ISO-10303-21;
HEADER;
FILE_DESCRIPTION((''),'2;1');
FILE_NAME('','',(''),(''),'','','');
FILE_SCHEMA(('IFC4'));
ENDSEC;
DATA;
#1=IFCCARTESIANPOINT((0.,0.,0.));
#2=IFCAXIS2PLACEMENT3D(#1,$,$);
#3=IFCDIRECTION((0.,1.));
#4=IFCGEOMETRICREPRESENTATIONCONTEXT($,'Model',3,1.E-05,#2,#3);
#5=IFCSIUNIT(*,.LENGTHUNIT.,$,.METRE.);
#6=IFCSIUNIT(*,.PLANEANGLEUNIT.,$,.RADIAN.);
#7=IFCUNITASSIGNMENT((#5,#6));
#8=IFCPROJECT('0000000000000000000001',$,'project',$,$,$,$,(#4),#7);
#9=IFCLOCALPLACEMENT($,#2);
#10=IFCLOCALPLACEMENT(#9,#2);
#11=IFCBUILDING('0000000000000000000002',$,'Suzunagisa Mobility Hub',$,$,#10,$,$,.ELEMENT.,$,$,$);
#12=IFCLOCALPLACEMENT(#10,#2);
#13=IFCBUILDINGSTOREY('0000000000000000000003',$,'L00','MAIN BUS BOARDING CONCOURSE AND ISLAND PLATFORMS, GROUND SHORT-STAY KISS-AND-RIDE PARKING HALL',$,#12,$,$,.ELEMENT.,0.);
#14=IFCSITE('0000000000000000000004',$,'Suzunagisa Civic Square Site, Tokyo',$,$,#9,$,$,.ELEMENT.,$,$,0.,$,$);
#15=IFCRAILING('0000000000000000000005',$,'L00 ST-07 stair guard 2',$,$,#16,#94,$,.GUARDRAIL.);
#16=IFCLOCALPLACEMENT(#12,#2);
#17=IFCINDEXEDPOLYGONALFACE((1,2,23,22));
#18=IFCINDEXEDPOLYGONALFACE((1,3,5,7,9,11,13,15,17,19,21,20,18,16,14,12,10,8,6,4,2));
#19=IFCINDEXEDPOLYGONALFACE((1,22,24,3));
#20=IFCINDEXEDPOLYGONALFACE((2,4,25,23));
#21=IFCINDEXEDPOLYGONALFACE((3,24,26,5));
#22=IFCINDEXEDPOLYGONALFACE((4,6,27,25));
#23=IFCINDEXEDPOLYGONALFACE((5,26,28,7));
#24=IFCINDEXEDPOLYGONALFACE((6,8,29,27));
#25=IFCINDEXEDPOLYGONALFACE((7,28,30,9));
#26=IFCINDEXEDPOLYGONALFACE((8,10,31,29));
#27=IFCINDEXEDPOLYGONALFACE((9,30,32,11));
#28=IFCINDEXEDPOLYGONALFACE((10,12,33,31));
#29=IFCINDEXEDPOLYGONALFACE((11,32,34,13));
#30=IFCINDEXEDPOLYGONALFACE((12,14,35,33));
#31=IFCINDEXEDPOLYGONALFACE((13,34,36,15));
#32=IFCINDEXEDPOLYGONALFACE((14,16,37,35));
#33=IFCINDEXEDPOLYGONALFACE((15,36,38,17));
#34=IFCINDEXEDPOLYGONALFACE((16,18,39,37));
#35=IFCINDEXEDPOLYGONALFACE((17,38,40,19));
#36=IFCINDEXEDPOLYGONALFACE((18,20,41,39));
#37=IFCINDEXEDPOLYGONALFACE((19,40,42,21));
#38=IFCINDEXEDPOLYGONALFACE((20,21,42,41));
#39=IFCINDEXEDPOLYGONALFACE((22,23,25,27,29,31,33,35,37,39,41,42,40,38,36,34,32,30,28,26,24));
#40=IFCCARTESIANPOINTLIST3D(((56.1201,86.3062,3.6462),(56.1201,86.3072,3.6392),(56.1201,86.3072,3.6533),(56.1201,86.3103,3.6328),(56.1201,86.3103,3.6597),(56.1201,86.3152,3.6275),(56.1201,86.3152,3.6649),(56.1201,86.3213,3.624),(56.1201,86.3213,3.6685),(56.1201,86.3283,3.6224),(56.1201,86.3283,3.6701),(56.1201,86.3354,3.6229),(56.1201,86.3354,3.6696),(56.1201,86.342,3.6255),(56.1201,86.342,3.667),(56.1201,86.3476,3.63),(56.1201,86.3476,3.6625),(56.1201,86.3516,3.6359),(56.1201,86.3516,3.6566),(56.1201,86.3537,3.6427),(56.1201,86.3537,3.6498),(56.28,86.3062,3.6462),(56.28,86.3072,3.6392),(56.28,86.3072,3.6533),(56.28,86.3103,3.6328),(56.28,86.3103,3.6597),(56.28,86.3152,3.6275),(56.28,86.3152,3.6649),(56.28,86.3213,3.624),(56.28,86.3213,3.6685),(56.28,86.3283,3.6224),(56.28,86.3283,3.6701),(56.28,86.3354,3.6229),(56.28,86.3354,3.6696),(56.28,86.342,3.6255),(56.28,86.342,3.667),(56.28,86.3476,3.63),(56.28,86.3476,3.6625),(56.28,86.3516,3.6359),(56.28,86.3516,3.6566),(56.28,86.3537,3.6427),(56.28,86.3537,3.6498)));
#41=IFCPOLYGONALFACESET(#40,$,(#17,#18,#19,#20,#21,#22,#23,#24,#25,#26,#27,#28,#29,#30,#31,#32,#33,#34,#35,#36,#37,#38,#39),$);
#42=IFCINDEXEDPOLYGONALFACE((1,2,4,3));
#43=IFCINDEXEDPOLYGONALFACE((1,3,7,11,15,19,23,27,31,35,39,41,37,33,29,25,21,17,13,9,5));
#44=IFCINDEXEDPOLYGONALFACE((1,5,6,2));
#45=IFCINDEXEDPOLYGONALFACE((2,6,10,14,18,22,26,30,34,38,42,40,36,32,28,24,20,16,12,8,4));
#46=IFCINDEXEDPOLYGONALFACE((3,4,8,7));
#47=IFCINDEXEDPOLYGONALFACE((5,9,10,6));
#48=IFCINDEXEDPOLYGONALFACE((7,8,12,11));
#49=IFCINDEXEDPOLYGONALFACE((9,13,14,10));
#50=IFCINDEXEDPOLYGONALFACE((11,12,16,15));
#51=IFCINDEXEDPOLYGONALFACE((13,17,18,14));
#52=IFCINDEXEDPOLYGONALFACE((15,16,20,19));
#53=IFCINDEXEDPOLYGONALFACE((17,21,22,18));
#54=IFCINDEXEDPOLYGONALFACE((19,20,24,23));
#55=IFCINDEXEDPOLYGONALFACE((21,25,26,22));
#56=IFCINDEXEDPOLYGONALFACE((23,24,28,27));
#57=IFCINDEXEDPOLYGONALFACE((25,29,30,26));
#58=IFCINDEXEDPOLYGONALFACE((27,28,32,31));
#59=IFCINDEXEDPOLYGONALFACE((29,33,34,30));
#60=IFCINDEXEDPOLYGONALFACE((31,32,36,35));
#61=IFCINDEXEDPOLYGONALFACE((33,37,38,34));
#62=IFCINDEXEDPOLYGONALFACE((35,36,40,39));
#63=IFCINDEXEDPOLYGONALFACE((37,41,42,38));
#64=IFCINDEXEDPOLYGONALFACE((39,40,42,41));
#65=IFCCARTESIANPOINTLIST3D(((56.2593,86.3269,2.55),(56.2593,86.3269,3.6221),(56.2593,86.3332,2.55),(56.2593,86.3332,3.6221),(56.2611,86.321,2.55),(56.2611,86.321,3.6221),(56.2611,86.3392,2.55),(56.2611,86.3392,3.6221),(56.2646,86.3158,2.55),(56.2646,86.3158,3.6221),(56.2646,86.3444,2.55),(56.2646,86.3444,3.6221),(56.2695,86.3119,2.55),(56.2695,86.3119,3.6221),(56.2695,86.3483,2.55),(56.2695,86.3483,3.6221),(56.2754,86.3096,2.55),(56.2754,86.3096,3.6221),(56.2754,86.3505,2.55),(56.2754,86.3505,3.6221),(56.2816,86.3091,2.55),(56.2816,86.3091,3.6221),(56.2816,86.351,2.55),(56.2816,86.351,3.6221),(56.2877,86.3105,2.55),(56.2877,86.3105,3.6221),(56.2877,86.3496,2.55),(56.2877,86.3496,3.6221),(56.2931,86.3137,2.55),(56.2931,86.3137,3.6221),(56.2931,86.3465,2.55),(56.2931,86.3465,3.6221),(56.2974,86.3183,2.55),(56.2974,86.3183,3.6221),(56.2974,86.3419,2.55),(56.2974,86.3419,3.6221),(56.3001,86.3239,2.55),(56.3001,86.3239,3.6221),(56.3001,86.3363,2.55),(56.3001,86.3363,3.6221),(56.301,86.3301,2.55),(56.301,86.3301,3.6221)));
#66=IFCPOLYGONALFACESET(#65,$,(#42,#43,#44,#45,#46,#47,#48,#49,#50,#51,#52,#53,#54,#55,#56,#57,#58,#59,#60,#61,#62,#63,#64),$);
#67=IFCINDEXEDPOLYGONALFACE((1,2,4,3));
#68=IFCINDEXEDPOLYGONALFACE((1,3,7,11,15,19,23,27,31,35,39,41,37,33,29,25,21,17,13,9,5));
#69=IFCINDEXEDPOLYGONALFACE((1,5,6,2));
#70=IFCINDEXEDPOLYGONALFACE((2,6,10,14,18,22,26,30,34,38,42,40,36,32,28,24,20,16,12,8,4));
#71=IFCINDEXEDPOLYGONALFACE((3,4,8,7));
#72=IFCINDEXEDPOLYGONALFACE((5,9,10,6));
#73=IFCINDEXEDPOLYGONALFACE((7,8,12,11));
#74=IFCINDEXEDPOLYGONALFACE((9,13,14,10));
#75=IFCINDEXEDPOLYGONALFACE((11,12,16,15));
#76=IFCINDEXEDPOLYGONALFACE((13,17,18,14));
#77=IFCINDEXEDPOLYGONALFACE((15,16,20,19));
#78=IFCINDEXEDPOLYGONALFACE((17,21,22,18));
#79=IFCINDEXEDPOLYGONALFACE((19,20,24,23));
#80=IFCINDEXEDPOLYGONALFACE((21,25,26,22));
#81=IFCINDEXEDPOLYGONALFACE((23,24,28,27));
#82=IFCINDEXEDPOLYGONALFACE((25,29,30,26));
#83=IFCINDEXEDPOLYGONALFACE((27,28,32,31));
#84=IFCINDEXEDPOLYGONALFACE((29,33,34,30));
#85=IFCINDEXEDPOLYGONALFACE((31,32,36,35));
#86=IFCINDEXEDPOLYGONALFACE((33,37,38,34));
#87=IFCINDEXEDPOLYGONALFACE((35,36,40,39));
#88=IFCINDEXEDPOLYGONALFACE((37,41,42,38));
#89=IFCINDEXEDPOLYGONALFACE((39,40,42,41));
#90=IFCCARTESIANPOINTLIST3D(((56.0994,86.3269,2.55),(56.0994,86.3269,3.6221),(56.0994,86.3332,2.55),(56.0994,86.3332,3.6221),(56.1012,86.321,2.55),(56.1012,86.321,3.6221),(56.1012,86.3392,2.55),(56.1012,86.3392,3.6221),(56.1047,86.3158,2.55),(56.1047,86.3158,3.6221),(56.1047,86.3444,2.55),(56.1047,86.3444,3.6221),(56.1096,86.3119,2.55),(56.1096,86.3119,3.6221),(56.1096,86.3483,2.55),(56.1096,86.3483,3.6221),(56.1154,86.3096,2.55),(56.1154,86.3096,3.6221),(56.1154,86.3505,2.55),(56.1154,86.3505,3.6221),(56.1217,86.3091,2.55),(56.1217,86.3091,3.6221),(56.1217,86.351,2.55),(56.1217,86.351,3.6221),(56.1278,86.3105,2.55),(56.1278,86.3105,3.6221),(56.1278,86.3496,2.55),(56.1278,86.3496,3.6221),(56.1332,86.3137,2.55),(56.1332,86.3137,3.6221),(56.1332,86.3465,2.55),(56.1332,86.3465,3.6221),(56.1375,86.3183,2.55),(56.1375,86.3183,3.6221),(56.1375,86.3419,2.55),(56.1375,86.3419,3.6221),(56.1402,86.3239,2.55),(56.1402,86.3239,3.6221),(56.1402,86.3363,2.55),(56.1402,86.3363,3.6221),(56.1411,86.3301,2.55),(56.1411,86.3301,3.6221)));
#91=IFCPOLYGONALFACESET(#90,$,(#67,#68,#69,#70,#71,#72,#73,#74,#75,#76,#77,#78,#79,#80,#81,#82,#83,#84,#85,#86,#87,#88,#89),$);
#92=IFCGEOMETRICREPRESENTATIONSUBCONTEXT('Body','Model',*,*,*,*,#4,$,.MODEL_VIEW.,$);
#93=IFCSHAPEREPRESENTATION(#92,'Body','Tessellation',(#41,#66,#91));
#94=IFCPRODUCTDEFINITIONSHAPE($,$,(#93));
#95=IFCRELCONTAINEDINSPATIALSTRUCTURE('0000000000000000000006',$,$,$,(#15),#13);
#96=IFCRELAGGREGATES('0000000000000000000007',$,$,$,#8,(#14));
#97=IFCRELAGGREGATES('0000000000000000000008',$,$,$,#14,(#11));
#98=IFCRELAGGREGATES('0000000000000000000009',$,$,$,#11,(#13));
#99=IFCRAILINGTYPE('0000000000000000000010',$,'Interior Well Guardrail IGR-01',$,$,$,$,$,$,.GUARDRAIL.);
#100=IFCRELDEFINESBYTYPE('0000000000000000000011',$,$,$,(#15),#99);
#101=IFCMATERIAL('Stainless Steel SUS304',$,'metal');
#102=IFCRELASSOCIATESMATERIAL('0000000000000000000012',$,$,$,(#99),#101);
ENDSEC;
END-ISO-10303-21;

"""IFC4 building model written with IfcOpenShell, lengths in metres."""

from ifc_helpers import new_model, si_unit, direction, frame, origin, origin_2d, place, context, subcontext, project, spatial, circle, extrude, material, type_object, element, save


model = new_model("IFC4")

# Units and contexts
model_context = context("Model", 3, precision=1e-05, world=origin(), true_north=direction((0.0, 1.0)))
body_context = subcontext(model_context, "Body", "Model", "MODEL_VIEW")
ifc_project = project(units=[si_unit("LENGTHUNIT", "METRE"), si_unit("PLANEANGLEUNIT", "RADIAN")], contexts=[model_context])

# Site, building, storey
site_placement = place(None, origin())
site = spatial("IfcSite", under=ifc_project, at=site_placement, Name="Suzunagisa Civic Square Site, Tokyo", CompositionType="ELEMENT", RefElevation=0.0)
building_placement = place(site_placement, origin())
building = spatial("IfcBuilding", under=site, at=building_placement, Name="Suzunagisa Mobility Hub", CompositionType="ELEMENT")
storey_placement = place(building_placement, origin())
storey = spatial("IfcBuildingStorey", under=building, at=storey_placement, Name="L00", Description="MAIN BUS BOARDING CONCOURSE AND ISLAND PLATFORMS, GROUND SHORT-STAY KISS-AND-RIDE PARKING HALL", CompositionType="ELEMENT", Elevation=0.0)

# Railing
ifc_material_1 = material(Name="Stainless Steel SUS304", Category="metal")
railing_type_1 = type_object("IfcRailingType", Name="Interior Well Guardrail IGR-01", PredefinedType="GUARDRAIL", material=ifc_material_1)
railing_1_placement = place(storey_placement, frame((56.28, 86.3301, 2.55)))
element("IfcRailing", 1, at=railing_1_placement, inside=storey, type_object=railing_type_1, Name="L00 ST-07 stair guard 2", PredefinedType="GUARDRAIL", context=body_context, shape_type="SweptSolid", body=[
    extrude(circle(Radius=0.0239, at=origin_2d()), frame((0.0, 0.0, 1.0962), z_axis=(-1.0, 0.0, 0.0), x_axis=(0.0, -1.0, 0.0)), (0.0, 0.0, 1.0), 0.1599),
    extrude(circle(Radius=0.021, at=origin_2d()), origin(), (0.0, 0.0, 1.0), 1.072),
    extrude(circle(Radius=0.021, at=origin_2d()), frame((-0.1599, 0.0, 0.0)), (0.0, 0.0, 1.0), 1.072),
])

save(model, "model.ifc")
